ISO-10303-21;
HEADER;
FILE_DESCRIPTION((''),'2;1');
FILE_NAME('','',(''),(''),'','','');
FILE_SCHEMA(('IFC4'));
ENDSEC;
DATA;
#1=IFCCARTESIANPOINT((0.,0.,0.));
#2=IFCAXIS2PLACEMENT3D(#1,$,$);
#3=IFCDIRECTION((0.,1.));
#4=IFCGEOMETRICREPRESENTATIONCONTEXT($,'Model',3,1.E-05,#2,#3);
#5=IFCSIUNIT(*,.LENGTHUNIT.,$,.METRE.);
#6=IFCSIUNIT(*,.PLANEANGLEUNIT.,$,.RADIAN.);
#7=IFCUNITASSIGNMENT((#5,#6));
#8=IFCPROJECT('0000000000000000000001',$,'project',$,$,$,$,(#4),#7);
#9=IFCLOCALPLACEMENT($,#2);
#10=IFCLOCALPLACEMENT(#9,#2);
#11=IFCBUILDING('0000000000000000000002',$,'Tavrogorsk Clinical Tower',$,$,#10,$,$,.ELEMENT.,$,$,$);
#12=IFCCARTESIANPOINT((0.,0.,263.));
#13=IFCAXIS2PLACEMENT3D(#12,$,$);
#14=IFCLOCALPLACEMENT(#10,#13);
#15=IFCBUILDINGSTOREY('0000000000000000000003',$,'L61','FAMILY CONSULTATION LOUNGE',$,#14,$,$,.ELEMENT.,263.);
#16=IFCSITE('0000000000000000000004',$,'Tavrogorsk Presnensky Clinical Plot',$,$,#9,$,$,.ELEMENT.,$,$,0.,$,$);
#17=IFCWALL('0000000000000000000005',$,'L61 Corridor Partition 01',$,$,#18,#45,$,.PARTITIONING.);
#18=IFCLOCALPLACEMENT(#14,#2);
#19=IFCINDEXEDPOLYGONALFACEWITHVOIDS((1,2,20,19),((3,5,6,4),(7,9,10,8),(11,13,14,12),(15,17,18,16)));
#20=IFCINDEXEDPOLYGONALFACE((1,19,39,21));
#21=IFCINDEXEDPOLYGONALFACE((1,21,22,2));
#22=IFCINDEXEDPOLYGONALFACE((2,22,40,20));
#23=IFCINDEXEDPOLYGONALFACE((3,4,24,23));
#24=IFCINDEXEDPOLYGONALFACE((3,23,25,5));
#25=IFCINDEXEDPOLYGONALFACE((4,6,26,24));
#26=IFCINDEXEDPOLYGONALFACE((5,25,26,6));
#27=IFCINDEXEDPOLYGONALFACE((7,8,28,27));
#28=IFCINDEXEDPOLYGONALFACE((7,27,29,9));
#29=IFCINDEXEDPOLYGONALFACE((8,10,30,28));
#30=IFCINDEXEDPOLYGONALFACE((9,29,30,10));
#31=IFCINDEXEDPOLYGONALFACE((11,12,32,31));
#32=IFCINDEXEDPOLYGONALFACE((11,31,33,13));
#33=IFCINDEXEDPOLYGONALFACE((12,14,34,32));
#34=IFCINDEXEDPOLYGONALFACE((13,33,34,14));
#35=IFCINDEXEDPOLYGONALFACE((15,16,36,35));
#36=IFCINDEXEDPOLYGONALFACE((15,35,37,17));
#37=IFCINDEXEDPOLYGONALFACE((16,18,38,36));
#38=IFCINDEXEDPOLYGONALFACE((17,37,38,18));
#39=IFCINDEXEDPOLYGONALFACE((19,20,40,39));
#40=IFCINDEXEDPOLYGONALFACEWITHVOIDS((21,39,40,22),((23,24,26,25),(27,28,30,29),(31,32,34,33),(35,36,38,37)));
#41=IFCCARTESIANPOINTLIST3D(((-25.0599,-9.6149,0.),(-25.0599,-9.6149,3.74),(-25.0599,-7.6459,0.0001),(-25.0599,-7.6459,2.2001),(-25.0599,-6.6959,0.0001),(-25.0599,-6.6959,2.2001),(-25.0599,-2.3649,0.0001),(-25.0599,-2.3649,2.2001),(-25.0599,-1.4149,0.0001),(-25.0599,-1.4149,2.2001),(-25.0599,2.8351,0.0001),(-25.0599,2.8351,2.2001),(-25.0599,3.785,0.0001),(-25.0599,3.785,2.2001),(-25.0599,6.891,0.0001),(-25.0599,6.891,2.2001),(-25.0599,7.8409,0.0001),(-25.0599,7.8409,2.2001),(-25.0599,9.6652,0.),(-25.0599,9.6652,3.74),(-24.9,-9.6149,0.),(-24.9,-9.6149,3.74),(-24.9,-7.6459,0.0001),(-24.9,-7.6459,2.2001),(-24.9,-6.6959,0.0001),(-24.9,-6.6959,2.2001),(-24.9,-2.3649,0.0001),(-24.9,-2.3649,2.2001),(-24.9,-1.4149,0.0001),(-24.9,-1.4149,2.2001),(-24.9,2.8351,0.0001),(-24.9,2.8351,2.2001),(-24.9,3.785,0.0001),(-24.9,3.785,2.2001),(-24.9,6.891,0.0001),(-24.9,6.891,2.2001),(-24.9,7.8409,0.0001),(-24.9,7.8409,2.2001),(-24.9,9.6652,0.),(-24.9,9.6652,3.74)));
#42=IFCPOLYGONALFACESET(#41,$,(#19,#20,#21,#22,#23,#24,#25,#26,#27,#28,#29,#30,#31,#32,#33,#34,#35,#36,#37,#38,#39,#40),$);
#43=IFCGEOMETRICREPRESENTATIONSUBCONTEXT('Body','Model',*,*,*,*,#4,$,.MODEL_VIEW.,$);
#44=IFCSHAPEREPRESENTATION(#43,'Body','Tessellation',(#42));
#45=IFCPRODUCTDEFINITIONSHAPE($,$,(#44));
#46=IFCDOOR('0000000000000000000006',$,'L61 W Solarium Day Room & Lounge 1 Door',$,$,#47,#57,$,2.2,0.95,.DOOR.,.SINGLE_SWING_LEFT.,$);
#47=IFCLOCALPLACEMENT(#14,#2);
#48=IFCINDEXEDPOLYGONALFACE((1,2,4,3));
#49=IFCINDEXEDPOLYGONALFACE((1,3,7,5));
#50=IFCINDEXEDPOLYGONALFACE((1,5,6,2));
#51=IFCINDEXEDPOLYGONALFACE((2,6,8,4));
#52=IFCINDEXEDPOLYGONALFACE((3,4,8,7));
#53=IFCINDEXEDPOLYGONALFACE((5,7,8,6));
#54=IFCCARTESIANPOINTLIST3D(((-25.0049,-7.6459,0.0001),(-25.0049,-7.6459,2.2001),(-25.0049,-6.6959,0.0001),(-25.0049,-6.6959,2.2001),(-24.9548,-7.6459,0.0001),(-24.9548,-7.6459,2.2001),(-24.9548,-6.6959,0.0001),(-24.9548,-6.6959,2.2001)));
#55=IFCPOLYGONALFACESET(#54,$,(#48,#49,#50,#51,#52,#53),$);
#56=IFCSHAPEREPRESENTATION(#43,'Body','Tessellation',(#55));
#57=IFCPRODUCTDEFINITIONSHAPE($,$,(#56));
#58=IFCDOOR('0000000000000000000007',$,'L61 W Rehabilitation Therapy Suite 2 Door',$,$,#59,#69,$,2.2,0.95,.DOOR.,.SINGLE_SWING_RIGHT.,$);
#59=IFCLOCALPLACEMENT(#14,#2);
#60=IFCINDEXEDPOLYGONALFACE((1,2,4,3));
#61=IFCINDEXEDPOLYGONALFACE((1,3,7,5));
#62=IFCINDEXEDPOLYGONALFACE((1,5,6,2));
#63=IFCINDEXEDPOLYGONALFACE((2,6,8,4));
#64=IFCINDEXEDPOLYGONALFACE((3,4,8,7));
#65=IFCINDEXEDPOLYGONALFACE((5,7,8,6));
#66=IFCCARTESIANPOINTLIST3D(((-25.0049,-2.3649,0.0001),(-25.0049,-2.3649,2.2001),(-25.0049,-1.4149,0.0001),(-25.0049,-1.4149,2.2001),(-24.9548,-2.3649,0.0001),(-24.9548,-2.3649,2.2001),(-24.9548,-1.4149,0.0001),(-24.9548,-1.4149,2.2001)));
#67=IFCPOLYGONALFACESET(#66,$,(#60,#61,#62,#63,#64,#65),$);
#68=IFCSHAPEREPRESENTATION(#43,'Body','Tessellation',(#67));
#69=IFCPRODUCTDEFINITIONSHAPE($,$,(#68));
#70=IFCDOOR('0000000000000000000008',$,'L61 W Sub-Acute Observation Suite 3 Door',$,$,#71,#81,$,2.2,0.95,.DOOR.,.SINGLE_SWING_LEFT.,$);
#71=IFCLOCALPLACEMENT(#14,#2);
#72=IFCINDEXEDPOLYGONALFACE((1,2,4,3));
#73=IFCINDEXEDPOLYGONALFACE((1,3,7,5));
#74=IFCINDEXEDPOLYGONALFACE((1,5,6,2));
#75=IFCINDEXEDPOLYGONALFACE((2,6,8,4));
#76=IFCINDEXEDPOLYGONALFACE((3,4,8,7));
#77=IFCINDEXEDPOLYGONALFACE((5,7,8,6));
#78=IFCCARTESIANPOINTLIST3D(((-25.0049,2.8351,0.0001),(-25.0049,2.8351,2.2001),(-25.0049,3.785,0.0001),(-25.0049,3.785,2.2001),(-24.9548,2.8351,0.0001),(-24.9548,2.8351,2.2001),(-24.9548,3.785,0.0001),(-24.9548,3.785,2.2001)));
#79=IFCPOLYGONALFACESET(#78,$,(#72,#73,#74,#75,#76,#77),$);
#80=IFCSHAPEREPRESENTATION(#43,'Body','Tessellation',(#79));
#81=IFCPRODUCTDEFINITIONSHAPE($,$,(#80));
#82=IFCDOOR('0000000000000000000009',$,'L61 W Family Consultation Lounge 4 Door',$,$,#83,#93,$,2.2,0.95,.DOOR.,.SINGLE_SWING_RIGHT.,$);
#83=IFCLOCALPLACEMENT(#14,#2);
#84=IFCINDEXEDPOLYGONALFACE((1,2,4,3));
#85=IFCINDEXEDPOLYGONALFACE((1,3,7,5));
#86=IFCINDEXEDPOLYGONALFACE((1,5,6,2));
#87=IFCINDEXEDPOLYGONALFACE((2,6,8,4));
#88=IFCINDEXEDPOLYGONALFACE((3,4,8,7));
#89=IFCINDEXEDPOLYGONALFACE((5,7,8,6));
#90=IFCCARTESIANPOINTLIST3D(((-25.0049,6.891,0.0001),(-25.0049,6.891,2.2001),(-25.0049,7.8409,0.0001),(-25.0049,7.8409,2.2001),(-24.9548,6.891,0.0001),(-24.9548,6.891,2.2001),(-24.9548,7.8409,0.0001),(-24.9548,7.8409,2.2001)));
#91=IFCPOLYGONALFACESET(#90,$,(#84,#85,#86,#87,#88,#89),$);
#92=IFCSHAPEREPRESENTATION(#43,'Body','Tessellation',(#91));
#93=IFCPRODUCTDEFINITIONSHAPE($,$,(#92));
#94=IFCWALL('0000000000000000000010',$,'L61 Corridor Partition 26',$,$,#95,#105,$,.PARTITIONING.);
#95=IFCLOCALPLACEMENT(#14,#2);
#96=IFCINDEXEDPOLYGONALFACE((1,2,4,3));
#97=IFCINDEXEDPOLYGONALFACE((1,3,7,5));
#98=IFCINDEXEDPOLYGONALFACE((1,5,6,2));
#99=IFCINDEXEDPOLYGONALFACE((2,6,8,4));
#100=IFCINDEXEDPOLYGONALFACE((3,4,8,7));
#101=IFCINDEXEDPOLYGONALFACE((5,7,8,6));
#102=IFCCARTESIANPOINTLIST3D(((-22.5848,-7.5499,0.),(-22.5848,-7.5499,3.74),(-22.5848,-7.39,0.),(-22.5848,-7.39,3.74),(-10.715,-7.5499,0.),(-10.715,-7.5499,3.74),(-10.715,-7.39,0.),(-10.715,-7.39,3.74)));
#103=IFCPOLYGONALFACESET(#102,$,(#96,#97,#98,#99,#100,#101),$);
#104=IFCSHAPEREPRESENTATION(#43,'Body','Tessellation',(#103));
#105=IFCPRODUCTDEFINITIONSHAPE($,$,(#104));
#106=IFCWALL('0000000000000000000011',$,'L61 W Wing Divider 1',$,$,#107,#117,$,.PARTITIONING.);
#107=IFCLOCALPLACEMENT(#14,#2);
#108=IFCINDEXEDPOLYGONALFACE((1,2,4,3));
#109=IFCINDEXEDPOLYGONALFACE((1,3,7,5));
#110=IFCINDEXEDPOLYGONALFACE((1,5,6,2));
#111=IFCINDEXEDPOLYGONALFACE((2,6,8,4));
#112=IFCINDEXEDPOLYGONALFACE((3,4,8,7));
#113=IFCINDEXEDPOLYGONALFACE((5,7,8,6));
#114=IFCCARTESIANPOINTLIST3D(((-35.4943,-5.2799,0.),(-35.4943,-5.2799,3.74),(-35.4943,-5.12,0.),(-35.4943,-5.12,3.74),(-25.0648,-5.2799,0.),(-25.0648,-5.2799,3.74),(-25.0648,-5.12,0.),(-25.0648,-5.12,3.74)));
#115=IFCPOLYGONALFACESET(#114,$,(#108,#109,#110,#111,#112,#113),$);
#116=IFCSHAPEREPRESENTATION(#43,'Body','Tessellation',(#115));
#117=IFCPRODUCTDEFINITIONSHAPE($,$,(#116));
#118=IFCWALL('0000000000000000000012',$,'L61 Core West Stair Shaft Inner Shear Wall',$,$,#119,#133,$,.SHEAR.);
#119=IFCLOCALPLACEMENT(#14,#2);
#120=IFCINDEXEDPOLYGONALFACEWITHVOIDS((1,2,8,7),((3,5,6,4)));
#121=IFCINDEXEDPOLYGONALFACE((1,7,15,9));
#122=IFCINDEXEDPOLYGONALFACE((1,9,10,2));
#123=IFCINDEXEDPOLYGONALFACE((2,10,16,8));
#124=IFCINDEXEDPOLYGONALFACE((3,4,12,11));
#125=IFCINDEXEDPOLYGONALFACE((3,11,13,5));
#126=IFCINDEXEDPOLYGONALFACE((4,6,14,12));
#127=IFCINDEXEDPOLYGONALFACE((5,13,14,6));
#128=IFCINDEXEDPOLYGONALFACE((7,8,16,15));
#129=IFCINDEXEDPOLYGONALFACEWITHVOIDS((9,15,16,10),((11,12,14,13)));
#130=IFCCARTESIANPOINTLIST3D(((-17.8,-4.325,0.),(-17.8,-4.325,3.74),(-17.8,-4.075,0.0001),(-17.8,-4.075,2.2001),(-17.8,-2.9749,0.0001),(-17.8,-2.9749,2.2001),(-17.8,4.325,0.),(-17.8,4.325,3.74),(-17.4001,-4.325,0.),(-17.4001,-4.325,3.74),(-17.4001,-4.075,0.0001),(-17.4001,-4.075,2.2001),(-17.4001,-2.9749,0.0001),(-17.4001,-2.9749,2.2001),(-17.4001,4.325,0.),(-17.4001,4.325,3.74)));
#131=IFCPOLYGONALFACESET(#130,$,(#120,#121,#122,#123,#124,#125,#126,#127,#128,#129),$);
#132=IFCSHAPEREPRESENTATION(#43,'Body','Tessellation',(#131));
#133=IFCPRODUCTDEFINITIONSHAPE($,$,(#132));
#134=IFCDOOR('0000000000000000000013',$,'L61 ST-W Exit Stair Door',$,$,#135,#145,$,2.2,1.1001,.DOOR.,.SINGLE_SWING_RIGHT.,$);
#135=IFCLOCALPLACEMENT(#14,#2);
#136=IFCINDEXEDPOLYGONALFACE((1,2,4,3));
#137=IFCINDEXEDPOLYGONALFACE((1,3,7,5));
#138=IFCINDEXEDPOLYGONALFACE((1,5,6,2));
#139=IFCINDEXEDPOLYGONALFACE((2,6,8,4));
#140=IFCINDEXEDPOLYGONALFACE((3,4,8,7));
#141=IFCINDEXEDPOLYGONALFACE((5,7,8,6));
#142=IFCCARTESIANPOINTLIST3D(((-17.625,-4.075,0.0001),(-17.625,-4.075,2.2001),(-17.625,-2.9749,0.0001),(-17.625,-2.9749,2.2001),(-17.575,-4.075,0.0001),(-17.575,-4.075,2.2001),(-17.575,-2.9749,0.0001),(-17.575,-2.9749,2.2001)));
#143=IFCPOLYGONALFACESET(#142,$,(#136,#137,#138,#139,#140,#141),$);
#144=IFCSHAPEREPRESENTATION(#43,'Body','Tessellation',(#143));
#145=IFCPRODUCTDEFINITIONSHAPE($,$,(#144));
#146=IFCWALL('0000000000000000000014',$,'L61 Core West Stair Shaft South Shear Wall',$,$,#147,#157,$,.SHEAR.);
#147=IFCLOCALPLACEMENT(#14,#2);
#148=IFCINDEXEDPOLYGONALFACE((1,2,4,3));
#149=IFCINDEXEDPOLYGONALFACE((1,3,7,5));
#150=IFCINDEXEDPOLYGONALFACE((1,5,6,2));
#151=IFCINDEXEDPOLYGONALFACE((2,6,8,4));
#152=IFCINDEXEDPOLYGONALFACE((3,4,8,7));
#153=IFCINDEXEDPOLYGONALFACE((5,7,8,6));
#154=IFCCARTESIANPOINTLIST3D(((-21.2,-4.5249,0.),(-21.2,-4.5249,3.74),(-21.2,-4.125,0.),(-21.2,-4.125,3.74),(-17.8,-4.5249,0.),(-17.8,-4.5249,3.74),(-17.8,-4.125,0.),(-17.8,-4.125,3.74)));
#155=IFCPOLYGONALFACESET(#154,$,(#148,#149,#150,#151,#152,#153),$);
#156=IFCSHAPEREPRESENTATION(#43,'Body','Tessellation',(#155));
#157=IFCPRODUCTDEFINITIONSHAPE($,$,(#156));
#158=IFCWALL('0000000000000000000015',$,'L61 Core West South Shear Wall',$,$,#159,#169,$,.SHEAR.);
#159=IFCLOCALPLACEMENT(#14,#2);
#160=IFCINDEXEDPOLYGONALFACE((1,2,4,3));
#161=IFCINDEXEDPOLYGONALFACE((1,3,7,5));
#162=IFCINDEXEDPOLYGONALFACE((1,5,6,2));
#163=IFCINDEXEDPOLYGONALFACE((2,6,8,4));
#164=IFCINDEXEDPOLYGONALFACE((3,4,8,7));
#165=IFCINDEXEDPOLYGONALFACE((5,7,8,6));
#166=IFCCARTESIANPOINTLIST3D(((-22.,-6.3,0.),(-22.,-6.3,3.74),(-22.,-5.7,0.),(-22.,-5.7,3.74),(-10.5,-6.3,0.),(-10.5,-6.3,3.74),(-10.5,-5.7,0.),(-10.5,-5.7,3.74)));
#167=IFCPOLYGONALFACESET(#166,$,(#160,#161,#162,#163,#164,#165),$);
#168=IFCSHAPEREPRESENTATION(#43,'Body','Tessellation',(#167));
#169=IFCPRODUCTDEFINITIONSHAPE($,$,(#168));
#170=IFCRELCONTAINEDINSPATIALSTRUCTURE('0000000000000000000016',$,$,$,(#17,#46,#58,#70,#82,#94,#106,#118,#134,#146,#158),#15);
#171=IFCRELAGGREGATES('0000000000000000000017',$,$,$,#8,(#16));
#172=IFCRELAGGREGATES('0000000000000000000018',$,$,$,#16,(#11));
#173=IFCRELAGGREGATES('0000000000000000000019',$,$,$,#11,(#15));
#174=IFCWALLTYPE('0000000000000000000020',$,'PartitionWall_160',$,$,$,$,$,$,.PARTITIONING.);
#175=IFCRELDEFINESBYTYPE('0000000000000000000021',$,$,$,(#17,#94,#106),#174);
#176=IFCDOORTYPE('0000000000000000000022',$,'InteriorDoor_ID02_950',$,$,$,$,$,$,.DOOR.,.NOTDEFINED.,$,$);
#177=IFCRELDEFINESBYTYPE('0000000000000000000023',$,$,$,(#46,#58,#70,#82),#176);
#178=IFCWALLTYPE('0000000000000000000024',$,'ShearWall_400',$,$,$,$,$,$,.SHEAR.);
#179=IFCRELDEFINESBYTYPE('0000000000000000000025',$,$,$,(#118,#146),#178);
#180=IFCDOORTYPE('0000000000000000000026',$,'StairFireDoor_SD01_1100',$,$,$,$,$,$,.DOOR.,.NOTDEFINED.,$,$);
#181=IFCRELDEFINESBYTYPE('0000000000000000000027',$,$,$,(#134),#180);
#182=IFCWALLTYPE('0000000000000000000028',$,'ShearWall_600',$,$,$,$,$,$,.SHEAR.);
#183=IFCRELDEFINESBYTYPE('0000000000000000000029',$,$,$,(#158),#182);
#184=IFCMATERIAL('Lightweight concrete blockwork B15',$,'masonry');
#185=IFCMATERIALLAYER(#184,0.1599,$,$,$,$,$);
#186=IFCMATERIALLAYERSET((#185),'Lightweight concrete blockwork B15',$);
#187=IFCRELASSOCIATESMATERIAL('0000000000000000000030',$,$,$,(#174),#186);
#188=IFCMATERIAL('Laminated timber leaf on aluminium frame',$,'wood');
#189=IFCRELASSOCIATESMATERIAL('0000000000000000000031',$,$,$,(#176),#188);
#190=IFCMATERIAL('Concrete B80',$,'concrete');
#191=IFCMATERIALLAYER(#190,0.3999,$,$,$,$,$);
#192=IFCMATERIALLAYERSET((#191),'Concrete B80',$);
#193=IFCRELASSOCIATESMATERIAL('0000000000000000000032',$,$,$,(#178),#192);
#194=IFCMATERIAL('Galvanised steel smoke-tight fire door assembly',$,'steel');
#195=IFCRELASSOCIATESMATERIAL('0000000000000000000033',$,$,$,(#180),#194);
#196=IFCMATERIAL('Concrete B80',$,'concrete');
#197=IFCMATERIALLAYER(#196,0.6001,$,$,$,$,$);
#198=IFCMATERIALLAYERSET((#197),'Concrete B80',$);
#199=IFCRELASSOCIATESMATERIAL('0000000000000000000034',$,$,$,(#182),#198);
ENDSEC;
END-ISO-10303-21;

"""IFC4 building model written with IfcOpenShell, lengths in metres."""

from ifc_helpers import new_model, si_unit, direction, frame, frame_2d, origin, place, context, subcontext, project, spatial, rectangle, extrude, material, layer, layer_set, type_object, element, fill, save


model = new_model("IFC4")

# Units and contexts
model_context = context("Model", 3, precision=1e-05, world=origin(), true_north=direction((0.0, 1.0)))
body_context = subcontext(model_context, "Body", "Model", "MODEL_VIEW")
ifc_project = project(units=[si_unit("LENGTHUNIT", "METRE"), si_unit("PLANEANGLEUNIT", "RADIAN")], contexts=[model_context])

# Site, building, storey
site_placement = place(None, origin())
site = spatial("IfcSite", under=ifc_project, at=site_placement, Name="Tavrogorsk Presnensky Clinical Plot", CompositionType="ELEMENT", RefElevation=0.0)
building_placement = place(site_placement, origin())
building = spatial("IfcBuilding", under=site, at=building_placement, Name="Tavrogorsk Clinical Tower", CompositionType="ELEMENT")
storey_placement = place(building_placement, frame((0.0, 0.0, 263.0)))
storey = spatial("IfcBuildingStorey", under=building, at=storey_placement, Name="L61", Description="FAMILY CONSULTATION LOUNGE", CompositionType="ELEMENT", Elevation=263.0)

# Wall, openings, doors
ifc_material_1 = material(Name="Lightweight concrete blockwork B15", Category="masonry")
ifc_layer_1 = layer(ifc_material_1, 0.1599)
ifc_layer_set_1 = layer_set([ifc_layer_1], Name="Lightweight concrete blockwork B15")
wall_type_1 = type_object("IfcWallType", Name="PartitionWall_160", PredefinedType="PARTITIONING", material=ifc_layer_set_1)
wall_1_placement = place(storey_placement, frame((-24.98, -9.615, 0.0), z_axis=(0.0, 0.0, 1.0), x_axis=(0.0, 1.0, 0.0)))
wall_1 = element("IfcWall", 1, at=wall_1_placement, inside=storey, type_object=wall_type_1, Name="L61 Corridor Partition 01", PredefinedType="PARTITIONING", context=body_context, shape_type="SweptSolid", body=[
    extrude(rectangle(XDim=19.28, YDim=0.1599, at=frame_2d((9.6401, 0.0))), origin(), (0.0, 0.0, 1.0), 3.74),
])
opening_1_placement = place(wall_1_placement, frame((1.969, 0.0, 0.0)))
opening_1 = element("IfcOpeningElement", 2, at=opening_1_placement, cuts=wall_1, PredefinedType="OPENING", context=body_context, shape_type="SweptSolid", body=[
    extrude(rectangle(XDim=0.95, YDim=2.2, at=frame_2d((0.4751, 1.1001))), frame((0.0, 0.0898, 0.0), z_axis=(0.0, -1.0, 0.0), x_axis=(1.0, 0.0, 0.0)), (0.0, 0.0, 1.0), 0.1799),
])
opening_2_placement = place(wall_1_placement, frame((7.25, 0.0, 0.0)))
opening_2 = element("IfcOpeningElement", 3, at=opening_2_placement, cuts=wall_1, PredefinedType="OPENING", context=body_context, shape_type="SweptSolid", body=[
    extrude(rectangle(XDim=0.95, YDim=2.2, at=frame_2d((0.4751, 1.1001))), frame((0.0, 0.0898, 0.0), z_axis=(0.0, -1.0, 0.0), x_axis=(1.0, 0.0, 0.0)), (0.0, 0.0, 1.0), 0.1799),
])
opening_3_placement = place(wall_1_placement, frame((12.45, 0.0, 0.0)))
opening_3 = element("IfcOpeningElement", 4, at=opening_3_placement, cuts=wall_1, PredefinedType="OPENING", context=body_context, shape_type="SweptSolid", body=[
    extrude(rectangle(XDim=0.95, YDim=2.2, at=frame_2d((0.4751, 1.1001))), frame((0.0, 0.0898, 0.0), z_axis=(0.0, -1.0, 0.0), x_axis=(1.0, 0.0, 0.0)), (0.0, 0.0, 1.0), 0.1799),
])
opening_4_placement = place(wall_1_placement, frame((16.5059, 0.0, 0.0)))
opening_4 = element("IfcOpeningElement", 5, at=opening_4_placement, cuts=wall_1, PredefinedType="OPENING", context=body_context, shape_type="SweptSolid", body=[
    extrude(rectangle(XDim=0.95, YDim=2.2, at=frame_2d((0.4751, 1.1001))), frame((0.0, 0.0898, 0.0), z_axis=(0.0, -1.0, 0.0), x_axis=(1.0, 0.0, 0.0)), (0.0, 0.0, 1.0), 0.1799),
])
ifc_material_2 = material(Name="Laminated timber leaf on aluminium frame", Category="wood")
door_type_1 = type_object("IfcDoorType", Name="InteriorDoor_ID02_950", OperationType="NOTDEFINED", PredefinedType="DOOR", material=ifc_material_2)
door_1_placement = place(opening_1_placement, origin())
door_1 = element("IfcDoor", 6, at=door_1_placement, inside=storey, type_object=door_type_1, Name="L61 W Solarium Day Room & Lounge 1 Door", OperationType="SINGLE_SWING_LEFT", OverallHeight=2.2, OverallWidth=0.95, PredefinedType="DOOR", context=body_context, shape_type="SweptSolid", body=[
    extrude(rectangle(XDim=0.95, YDim=2.2, at=frame_2d((0.4751, 1.1001))), frame((0.0, 0.0249, 0.0), z_axis=(0.0, -1.0, 0.0), x_axis=(1.0, 0.0, 0.0)), (0.0, 0.0, 1.0), 0.05),
])
fill(opening_1, door_1)
door_2_placement = place(opening_2_placement, origin())
door_2 = element("IfcDoor", 7, at=door_2_placement, inside=storey, type_object=door_type_1, Name="L61 W Rehabilitation Therapy Suite 2 Door", OperationType="SINGLE_SWING_RIGHT", OverallHeight=2.2, OverallWidth=0.95, PredefinedType="DOOR", context=body_context, shape_type="SweptSolid", body=[
    extrude(rectangle(XDim=0.95, YDim=2.2, at=frame_2d((0.4751, 1.1001))), frame((0.0, 0.0249, 0.0), z_axis=(0.0, -1.0, 0.0), x_axis=(1.0, 0.0, 0.0)), (0.0, 0.0, 1.0), 0.05),
])
fill(opening_2, door_2)
door_3_placement = place(opening_3_placement, origin())
door_3 = element("IfcDoor", 8, at=door_3_placement, inside=storey, type_object=door_type_1, Name="L61 W Sub-Acute Observation Suite 3 Door", OperationType="SINGLE_SWING_LEFT", OverallHeight=2.2, OverallWidth=0.95, PredefinedType="DOOR", context=body_context, shape_type="SweptSolid", body=[
    extrude(rectangle(XDim=0.95, YDim=2.2, at=frame_2d((0.4751, 1.1001))), frame((0.0, 0.0249, 0.0), z_axis=(0.0, -1.0, 0.0), x_axis=(1.0, 0.0, 0.0)), (0.0, 0.0, 1.0), 0.05),
])
fill(opening_3, door_3)
door_4_placement = place(opening_4_placement, origin())
door_4 = element("IfcDoor", 9, at=door_4_placement, inside=storey, type_object=door_type_1, Name="L61 W Family Consultation Lounge 4 Door", OperationType="SINGLE_SWING_RIGHT", OverallHeight=2.2, OverallWidth=0.95, PredefinedType="DOOR", context=body_context, shape_type="SweptSolid", body=[
    extrude(rectangle(XDim=0.95, YDim=2.2, at=frame_2d((0.4751, 1.1001))), frame((0.0, 0.0249, 0.0), z_axis=(0.0, -1.0, 0.0), x_axis=(1.0, 0.0, 0.0)), (0.0, 0.0, 1.0), 0.05),
])
fill(opening_4, door_4)

# Walls
wall_2_placement = place(storey_placement, frame((-22.585, -7.47, 0.0), z_axis=(0.0, 0.0, 1.0), x_axis=(1.0, 0.0, 0.0)))
element("IfcWall", 10, at=wall_2_placement, inside=storey, type_object=wall_type_1, Name="L61 Corridor Partition 26", PredefinedType="PARTITIONING", context=body_context, shape_type="SweptSolid", body=[
    extrude(rectangle(XDim=11.8699, YDim=0.1599, at=frame_2d((5.9351, 0.0))), origin(), (0.0, 0.0, 1.0), 3.74),
])
wall_3_placement = place(storey_placement, frame((-35.4944, -5.2, 0.0), z_axis=(0.0, 0.0, 1.0), x_axis=(1.0, 0.0, 0.0)))
element("IfcWall", 11, at=wall_3_placement, inside=storey, type_object=wall_type_1, Name="L61 W Wing Divider 1", PredefinedType="PARTITIONING", context=body_context, shape_type="SweptSolid", body=[
    extrude(rectangle(XDim=10.4294, YDim=0.1599, at=frame_2d((5.2148, 0.0))), origin(), (0.0, 0.0, 1.0), 3.74),
])

# Wall, opening, door
ifc_material_3 = material(Name="Concrete B80", Category="concrete")
ifc_layer_2 = layer(ifc_material_3, 0.3999)
ifc_layer_set_2 = layer_set([ifc_layer_2], Name="Concrete B80")
wall_type_2 = type_object("IfcWallType", Name="ShearWall_400", PredefinedType="SHEAR", material=ifc_layer_set_2)
wall_4_placement = place(storey_placement, frame((-17.6001, -4.325, 0.0), z_axis=(0.0, 0.0, 1.0), x_axis=(0.0, 1.0, 0.0)))
wall_4 = element("IfcWall", 12, at=wall_4_placement, inside=storey, type_object=wall_type_2, Name="L61 Core West Stair Shaft Inner Shear Wall", PredefinedType="SHEAR", context=body_context, shape_type="SweptSolid", body=[
    extrude(rectangle(XDim=8.6499, YDim=0.3999, at=frame_2d((4.325, 0.0))), origin(), (0.0, 0.0, 1.0), 3.74),
])
opening_5_placement = place(wall_4_placement, frame((0.25, 0.0, 0.0)))
opening_5 = element("IfcOpeningElement", 13, at=opening_5_placement, cuts=wall_4, PredefinedType="OPENING", context=body_context, shape_type="SweptSolid", body=[
    extrude(rectangle(XDim=1.1001, YDim=2.2, at=frame_2d((0.55, 1.1001))), frame((0.0, 0.21, 0.0), z_axis=(0.0, -1.0, 0.0), x_axis=(1.0, 0.0, 0.0)), (0.0, 0.0, 1.0), 0.4199),
])
ifc_material_4 = material(Name="Galvanised steel smoke-tight fire door assembly", Category="steel")
door_type_2 = type_object("IfcDoorType", Name="StairFireDoor_SD01_1100", OperationType="NOTDEFINED", PredefinedType="DOOR", material=ifc_material_4)
door_5_placement = place(opening_5_placement, origin())
door_5 = element("IfcDoor", 14, at=door_5_placement, inside=storey, type_object=door_type_2, Name="L61 ST-W Exit Stair Door", OperationType="SINGLE_SWING_RIGHT", OverallHeight=2.2, OverallWidth=1.1001, PredefinedType="DOOR", context=body_context, shape_type="SweptSolid", body=[
    extrude(rectangle(XDim=1.1001, YDim=2.2, at=frame_2d((0.55, 1.1001))), frame((0.0, 0.0249, 0.0), z_axis=(0.0, -1.0, 0.0), x_axis=(1.0, 0.0, 0.0)), (0.0, 0.0, 1.0), 0.05),
])
fill(opening_5, door_5)

# Walls
wall_5_placement = place(storey_placement, frame((-21.2, -4.325, 0.0), z_axis=(0.0, 0.0, 1.0), x_axis=(1.0, 0.0, 0.0)))
element("IfcWall", 15, at=wall_5_placement, inside=storey, type_object=wall_type_2, Name="L61 Core West Stair Shaft South Shear Wall", PredefinedType="SHEAR", context=body_context, shape_type="SweptSolid", body=[
    extrude(rectangle(XDim=3.3999, YDim=0.3999, at=frame_2d((1.7, 0.0))), origin(), (0.0, 0.0, 1.0), 3.74),
])
ifc_material_5 = material(Name="Concrete B80", Category="concrete")
ifc_layer_3 = layer(ifc_material_5, 0.6001)
ifc_layer_set_3 = layer_set([ifc_layer_3], Name="Concrete B80")
wall_type_3 = type_object("IfcWallType", Name="ShearWall_600", PredefinedType="SHEAR", material=ifc_layer_set_3)
wall_6_placement = place(storey_placement, frame((-22.0, -6.0, 0.0), z_axis=(0.0, 0.0, 1.0), x_axis=(1.0, 0.0, 0.0)))
element("IfcWall", 16, at=wall_6_placement, inside=storey, type_object=wall_type_3, Name="L61 Core West South Shear Wall", PredefinedType="SHEAR", context=body_context, shape_type="SweptSolid", body=[
    extrude(rectangle(XDim=11.5, YDim=0.6001, at=frame_2d((5.75, 0.0))), origin(), (0.0, 0.0, 1.0), 3.74),
])

save(model, "model.ifc")
